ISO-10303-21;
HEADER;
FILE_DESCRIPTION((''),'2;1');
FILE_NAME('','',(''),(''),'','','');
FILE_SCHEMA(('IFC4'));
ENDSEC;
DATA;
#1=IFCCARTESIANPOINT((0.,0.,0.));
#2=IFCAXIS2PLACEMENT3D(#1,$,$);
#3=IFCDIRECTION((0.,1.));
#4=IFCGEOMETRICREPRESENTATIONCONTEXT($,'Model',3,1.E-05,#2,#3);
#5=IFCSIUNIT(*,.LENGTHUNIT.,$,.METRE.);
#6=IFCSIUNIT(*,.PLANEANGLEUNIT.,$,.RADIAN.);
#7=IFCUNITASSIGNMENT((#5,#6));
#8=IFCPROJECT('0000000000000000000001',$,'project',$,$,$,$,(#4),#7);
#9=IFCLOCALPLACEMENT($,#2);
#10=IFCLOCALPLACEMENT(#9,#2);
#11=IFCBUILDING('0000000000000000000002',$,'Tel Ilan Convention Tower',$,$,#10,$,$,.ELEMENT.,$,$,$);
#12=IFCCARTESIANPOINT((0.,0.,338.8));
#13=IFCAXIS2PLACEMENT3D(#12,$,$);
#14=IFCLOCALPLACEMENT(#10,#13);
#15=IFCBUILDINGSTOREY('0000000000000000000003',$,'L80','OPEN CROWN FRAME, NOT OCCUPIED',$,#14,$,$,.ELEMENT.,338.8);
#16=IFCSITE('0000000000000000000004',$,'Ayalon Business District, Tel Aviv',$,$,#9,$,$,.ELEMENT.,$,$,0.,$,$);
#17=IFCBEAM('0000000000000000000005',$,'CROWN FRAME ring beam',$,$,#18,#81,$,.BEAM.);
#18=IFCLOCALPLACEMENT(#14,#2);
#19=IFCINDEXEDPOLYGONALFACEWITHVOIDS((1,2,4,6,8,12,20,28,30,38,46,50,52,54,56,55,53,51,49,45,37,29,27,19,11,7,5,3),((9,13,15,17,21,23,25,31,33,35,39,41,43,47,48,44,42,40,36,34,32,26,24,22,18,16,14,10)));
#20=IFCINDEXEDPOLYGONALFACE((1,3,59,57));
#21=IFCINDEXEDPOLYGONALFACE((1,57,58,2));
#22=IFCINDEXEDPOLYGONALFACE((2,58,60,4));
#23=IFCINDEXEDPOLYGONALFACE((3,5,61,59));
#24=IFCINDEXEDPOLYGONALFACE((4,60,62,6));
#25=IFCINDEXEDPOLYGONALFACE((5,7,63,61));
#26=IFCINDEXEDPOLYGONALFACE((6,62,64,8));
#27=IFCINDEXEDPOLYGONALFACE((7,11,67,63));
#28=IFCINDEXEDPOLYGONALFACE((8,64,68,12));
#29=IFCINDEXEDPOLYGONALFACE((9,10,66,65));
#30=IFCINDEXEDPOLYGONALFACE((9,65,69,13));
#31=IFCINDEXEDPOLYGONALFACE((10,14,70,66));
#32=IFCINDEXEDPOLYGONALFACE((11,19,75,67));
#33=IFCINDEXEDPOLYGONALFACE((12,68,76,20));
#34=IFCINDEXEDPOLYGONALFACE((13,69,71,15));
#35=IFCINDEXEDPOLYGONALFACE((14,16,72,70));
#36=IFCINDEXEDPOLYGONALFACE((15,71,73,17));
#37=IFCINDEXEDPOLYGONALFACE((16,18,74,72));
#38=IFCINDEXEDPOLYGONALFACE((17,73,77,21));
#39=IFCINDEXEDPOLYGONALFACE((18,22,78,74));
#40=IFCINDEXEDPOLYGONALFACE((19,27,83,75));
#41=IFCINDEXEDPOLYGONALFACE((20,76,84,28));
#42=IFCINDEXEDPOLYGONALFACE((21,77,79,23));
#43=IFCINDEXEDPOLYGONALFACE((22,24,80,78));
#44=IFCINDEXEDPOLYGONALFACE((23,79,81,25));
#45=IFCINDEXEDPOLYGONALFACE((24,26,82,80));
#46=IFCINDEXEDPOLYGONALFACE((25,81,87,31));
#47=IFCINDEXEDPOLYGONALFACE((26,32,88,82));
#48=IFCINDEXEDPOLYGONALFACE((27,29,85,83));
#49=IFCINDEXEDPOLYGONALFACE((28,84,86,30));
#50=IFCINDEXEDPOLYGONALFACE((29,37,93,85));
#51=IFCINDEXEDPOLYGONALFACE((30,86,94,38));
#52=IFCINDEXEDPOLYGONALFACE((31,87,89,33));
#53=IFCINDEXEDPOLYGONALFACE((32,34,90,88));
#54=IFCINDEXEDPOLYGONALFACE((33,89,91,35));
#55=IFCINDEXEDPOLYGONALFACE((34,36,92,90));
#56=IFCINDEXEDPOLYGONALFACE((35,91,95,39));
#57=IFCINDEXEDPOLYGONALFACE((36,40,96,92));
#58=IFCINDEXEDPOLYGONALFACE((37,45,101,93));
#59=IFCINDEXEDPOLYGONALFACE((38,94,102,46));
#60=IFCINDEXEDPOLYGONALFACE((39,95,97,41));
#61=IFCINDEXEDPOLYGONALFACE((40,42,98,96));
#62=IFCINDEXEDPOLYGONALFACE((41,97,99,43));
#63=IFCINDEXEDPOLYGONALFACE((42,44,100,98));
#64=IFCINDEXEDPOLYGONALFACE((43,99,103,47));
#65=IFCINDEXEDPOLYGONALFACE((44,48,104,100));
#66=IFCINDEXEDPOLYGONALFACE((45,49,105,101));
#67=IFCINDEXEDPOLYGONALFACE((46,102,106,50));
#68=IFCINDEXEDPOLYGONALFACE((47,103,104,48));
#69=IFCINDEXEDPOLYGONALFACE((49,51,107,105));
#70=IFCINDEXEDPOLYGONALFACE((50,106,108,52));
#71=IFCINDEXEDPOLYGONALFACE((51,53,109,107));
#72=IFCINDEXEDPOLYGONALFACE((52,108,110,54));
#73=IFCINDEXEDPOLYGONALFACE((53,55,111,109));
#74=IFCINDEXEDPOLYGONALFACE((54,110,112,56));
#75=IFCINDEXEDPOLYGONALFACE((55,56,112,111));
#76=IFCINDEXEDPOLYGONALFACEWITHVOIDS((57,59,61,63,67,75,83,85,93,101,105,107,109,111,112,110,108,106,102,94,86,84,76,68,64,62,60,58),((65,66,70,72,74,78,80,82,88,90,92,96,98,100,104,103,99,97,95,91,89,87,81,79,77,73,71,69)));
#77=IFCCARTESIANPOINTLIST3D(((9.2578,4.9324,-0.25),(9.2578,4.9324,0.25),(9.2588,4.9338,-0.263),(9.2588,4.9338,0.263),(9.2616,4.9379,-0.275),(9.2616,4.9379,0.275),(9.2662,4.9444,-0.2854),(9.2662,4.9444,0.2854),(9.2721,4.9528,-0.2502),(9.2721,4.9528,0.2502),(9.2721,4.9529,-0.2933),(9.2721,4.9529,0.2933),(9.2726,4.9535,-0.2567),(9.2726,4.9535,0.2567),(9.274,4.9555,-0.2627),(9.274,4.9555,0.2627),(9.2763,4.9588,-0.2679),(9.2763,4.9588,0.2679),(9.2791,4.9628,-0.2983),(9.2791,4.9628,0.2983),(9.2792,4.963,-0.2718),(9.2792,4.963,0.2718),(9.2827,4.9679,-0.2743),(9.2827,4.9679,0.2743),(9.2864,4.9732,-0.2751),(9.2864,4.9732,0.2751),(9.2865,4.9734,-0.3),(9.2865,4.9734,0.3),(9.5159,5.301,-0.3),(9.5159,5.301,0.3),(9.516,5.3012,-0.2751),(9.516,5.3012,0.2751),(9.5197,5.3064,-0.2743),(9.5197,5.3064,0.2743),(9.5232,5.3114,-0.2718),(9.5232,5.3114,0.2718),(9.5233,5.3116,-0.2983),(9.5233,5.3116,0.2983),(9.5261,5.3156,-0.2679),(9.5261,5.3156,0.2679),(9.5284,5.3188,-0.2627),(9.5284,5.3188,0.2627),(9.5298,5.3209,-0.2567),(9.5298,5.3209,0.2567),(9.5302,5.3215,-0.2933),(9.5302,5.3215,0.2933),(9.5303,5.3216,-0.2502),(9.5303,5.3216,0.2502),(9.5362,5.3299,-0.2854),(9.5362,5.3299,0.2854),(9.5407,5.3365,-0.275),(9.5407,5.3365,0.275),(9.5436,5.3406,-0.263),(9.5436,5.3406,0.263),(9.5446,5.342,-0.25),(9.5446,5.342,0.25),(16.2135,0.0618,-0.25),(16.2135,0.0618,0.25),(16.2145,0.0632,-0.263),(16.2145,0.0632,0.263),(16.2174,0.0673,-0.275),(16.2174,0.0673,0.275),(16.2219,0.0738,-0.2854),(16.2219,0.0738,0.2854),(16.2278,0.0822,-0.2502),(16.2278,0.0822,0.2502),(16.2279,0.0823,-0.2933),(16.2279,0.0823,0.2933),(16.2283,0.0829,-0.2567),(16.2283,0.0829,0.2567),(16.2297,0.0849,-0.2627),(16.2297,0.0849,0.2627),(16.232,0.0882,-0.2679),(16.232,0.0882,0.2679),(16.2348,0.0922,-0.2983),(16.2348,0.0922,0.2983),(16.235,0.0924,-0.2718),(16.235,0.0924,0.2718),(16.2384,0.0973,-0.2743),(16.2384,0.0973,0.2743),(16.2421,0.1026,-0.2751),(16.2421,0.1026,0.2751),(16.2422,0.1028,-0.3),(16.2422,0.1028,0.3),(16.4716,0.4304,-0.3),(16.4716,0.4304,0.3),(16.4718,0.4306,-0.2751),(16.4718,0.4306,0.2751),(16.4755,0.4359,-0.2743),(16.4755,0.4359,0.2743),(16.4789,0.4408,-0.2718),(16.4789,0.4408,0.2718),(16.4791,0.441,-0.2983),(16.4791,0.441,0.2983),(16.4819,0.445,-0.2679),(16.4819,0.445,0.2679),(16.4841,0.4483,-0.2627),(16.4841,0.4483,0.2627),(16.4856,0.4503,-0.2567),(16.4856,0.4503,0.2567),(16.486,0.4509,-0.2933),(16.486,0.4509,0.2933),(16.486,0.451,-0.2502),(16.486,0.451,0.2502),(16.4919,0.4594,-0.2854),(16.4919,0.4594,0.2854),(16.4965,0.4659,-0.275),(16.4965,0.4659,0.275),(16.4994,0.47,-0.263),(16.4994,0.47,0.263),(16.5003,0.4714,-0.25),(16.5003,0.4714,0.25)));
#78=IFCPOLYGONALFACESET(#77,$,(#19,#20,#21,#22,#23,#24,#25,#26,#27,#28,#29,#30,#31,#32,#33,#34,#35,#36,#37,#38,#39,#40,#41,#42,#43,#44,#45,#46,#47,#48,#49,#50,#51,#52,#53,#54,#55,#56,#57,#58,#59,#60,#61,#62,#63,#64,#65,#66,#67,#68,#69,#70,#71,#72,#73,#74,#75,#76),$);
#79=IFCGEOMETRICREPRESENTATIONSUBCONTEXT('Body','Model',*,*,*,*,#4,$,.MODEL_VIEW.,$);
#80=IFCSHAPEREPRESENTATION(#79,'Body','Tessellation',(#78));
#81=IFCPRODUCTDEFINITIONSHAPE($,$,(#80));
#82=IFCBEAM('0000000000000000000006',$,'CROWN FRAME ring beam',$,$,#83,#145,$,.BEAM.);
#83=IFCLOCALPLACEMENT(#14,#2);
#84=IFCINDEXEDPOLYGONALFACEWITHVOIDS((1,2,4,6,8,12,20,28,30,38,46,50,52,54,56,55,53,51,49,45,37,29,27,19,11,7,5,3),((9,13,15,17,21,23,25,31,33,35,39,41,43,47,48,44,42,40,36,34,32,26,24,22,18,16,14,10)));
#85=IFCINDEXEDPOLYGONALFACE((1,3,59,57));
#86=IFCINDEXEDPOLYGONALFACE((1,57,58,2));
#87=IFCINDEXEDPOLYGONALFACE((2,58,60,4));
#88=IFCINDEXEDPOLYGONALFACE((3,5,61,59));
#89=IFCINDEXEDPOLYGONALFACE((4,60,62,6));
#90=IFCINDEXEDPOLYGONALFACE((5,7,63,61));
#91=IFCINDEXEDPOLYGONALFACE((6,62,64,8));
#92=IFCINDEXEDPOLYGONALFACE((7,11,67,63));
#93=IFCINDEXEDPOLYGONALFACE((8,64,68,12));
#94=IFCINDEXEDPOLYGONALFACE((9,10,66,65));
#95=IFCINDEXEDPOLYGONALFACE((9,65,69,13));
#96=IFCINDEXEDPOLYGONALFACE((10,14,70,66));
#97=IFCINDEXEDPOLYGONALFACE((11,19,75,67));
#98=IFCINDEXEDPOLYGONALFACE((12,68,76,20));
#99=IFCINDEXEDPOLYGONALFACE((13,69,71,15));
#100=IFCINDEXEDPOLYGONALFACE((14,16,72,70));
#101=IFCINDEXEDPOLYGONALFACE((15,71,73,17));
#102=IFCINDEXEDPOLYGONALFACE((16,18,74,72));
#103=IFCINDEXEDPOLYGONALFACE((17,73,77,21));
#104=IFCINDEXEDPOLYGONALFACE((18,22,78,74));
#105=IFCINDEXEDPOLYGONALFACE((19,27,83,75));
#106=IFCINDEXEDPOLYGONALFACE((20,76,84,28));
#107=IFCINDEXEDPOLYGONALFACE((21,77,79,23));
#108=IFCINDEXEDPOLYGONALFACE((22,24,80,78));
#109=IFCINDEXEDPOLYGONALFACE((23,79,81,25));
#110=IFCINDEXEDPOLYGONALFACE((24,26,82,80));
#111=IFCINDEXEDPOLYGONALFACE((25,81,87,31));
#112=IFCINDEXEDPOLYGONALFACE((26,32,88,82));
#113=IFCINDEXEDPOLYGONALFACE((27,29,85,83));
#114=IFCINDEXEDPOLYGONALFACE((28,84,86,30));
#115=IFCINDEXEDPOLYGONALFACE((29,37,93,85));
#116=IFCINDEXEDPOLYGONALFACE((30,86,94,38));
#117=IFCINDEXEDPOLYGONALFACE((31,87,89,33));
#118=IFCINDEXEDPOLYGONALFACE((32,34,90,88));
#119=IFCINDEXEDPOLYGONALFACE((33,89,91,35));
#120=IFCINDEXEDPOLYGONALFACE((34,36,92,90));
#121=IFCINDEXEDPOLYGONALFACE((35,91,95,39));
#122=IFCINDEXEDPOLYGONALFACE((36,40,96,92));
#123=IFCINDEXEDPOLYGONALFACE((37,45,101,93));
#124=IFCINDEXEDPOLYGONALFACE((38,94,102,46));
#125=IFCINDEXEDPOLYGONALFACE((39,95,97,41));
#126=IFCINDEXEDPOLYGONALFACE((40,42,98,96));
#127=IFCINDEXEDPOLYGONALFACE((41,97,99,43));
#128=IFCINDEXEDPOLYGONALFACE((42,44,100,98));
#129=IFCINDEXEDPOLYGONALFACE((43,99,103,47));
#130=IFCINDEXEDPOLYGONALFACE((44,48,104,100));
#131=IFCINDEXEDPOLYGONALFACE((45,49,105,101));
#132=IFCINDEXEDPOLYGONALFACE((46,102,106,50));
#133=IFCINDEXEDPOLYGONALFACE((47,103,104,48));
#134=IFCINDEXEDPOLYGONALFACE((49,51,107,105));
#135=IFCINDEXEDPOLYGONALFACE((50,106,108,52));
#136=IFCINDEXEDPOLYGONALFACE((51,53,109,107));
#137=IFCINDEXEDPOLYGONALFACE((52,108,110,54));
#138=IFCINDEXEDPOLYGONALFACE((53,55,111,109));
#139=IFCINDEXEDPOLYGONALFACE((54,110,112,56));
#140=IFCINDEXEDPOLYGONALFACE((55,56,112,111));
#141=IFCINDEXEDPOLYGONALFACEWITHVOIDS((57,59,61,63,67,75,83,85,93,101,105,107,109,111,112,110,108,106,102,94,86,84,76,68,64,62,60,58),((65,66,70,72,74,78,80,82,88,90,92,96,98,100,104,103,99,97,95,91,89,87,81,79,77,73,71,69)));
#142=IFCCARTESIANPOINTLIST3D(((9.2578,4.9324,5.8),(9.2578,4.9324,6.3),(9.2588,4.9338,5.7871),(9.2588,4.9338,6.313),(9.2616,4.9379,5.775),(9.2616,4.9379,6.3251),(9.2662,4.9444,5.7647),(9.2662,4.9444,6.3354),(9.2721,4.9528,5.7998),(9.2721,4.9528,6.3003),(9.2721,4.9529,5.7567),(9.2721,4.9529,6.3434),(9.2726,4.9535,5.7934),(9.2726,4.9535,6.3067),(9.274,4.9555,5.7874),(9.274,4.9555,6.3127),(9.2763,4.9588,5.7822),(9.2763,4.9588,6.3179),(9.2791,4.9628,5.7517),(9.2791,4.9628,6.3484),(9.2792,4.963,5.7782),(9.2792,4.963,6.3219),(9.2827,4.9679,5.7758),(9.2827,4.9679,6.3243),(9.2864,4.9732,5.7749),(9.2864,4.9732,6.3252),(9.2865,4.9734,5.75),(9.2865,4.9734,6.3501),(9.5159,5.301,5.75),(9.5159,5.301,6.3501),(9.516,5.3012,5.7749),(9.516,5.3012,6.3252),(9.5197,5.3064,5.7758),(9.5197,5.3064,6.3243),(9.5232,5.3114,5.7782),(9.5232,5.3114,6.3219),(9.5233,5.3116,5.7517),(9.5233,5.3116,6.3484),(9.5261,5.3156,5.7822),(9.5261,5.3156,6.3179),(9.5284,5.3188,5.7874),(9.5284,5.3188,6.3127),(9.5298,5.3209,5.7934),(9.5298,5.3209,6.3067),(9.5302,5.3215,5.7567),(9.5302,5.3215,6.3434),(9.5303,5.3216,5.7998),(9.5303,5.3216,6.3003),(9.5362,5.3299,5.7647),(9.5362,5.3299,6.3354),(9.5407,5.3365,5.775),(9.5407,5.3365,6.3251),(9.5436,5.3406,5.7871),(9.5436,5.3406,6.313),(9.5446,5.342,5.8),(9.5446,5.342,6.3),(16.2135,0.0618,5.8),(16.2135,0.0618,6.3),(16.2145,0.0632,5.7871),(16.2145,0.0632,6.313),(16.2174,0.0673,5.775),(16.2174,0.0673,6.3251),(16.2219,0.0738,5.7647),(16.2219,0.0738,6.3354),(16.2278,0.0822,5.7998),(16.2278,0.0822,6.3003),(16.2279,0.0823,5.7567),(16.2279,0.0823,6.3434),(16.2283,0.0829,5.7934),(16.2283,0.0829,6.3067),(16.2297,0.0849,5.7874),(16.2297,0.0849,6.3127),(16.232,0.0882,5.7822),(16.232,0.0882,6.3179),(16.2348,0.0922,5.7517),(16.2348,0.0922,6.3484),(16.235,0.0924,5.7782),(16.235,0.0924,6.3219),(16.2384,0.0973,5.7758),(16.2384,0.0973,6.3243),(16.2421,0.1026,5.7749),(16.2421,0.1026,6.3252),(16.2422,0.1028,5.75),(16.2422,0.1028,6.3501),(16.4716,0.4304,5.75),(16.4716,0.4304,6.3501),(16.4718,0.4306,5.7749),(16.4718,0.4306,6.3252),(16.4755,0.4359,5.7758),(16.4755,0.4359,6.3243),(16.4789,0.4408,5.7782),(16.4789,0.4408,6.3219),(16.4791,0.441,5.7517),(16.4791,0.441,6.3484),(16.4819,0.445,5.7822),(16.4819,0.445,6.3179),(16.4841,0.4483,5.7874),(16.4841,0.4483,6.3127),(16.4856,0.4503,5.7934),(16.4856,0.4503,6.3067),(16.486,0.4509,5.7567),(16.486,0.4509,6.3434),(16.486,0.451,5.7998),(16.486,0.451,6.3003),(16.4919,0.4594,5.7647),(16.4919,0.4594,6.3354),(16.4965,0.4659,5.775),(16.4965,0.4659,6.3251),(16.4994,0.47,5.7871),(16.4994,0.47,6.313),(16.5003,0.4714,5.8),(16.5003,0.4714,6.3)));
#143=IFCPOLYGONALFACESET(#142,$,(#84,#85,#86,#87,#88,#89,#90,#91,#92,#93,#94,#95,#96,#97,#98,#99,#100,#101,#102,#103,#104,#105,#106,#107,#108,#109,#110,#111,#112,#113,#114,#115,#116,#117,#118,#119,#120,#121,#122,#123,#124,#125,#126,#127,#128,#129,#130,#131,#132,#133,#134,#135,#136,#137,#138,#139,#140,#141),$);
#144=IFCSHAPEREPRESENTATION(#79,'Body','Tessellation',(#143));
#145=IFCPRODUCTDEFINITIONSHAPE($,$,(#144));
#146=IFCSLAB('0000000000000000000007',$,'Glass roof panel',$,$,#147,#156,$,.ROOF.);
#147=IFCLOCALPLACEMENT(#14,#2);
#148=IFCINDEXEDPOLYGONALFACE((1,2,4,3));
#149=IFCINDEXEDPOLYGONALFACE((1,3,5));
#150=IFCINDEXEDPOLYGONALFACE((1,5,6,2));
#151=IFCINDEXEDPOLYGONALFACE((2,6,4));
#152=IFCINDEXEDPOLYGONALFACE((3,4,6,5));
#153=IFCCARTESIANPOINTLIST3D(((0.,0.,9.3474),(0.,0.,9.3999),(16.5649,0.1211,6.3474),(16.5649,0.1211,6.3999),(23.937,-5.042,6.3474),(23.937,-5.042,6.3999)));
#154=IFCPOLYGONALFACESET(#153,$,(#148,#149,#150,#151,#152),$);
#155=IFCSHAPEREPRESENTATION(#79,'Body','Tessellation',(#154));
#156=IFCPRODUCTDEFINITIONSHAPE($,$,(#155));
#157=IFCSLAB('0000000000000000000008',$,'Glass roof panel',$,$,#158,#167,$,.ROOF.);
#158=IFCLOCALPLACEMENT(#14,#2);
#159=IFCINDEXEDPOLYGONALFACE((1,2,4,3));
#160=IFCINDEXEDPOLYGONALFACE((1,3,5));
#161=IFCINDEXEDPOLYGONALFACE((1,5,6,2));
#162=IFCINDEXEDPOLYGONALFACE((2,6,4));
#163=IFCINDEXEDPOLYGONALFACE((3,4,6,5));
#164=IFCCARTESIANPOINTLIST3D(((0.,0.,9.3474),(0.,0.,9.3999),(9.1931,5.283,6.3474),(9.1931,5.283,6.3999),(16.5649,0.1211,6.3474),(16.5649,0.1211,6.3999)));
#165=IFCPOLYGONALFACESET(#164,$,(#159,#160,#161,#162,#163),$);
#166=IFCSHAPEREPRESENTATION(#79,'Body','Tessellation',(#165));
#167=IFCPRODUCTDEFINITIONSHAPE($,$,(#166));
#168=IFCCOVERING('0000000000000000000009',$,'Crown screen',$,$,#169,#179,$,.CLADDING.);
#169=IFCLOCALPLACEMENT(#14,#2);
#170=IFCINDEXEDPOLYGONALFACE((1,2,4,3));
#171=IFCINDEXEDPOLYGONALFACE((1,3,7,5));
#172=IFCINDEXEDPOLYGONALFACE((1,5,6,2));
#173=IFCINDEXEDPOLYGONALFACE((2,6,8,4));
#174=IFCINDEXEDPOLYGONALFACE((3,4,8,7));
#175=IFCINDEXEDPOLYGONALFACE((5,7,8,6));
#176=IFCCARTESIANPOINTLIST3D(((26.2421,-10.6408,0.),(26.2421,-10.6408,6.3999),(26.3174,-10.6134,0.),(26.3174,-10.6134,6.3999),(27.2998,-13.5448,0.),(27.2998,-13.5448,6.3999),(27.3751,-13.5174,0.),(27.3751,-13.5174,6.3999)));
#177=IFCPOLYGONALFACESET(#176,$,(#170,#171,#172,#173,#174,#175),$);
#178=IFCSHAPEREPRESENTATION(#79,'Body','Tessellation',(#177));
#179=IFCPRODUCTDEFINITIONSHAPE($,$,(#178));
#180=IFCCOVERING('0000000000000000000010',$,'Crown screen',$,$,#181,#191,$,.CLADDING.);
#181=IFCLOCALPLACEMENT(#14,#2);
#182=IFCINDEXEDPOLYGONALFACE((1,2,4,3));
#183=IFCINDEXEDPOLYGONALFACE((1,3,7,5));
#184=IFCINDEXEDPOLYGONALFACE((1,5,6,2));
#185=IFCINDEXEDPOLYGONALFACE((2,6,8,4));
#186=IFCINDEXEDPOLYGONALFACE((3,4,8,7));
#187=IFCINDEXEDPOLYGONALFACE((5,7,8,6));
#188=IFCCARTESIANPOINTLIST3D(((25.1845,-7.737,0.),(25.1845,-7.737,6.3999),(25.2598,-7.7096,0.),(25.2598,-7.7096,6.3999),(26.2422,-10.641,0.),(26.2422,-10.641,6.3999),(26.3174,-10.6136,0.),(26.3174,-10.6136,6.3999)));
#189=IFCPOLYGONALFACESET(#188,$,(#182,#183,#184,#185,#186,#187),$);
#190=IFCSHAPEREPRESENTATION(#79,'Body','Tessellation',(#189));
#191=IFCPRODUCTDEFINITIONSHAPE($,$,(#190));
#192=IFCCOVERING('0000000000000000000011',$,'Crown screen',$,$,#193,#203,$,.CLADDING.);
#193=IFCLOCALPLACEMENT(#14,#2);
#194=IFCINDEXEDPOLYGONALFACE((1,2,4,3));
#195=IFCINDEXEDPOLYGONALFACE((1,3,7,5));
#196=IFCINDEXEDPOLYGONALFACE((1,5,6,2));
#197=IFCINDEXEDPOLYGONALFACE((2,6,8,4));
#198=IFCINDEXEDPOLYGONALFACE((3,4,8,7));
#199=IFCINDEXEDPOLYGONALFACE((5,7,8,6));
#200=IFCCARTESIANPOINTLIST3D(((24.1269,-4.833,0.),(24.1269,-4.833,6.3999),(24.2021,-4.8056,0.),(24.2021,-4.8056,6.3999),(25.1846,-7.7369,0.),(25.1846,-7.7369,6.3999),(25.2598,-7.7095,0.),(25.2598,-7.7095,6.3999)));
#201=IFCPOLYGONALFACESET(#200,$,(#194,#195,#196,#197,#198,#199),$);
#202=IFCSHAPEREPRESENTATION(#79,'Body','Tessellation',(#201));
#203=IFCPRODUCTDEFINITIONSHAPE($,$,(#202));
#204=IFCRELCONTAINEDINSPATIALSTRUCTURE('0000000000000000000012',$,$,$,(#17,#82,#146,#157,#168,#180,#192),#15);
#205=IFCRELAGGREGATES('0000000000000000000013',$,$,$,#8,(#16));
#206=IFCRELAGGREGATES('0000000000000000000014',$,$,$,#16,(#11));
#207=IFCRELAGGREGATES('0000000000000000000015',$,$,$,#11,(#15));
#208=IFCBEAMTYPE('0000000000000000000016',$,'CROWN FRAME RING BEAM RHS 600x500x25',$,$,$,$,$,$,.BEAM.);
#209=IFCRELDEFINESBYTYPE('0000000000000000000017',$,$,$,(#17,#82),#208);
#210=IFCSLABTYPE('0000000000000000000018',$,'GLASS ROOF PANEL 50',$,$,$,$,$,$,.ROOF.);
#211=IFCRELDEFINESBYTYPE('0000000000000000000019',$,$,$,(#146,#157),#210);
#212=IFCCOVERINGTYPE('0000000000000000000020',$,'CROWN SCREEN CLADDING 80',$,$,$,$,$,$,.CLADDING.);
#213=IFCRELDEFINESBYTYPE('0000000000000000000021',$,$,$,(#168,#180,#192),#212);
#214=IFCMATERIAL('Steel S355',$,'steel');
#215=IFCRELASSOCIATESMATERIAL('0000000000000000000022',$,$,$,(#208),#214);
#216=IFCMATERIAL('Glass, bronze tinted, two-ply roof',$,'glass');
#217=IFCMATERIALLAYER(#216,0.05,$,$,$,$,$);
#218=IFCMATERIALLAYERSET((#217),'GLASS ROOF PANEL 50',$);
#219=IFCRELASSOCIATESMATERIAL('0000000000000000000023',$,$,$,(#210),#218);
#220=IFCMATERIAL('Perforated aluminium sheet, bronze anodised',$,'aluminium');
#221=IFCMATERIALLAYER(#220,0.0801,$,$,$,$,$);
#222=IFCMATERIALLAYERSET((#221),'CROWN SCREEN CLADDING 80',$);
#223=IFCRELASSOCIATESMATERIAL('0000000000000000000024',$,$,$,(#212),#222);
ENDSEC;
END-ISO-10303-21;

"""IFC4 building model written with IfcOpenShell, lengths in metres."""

from ifc_helpers import new_model, si_unit, direction, frame, origin, origin_2d, place, context, subcontext, project, spatial, polyline, rectangle, hollow_rectangle, outline, extrude, material, layer, layer_set, material_profile, profile_set, type_object, element, save


model = new_model("IFC4")

# Units and contexts
model_context = context("Model", 3, precision=1e-05, world=origin(), true_north=direction((0.0, 1.0)))
body_context = subcontext(model_context, "Body", "Model", "MODEL_VIEW")
ifc_project = project(units=[si_unit("LENGTHUNIT", "METRE"), si_unit("PLANEANGLEUNIT", "RADIAN")], contexts=[model_context])

# Site, building, storey
site_placement = place(None, origin())
site = spatial("IfcSite", under=ifc_project, at=site_placement, Name="Ayalon Business District, Tel Aviv", CompositionType="ELEMENT", RefElevation=0.0)
building_placement = place(site_placement, origin())
building = spatial("IfcBuilding", under=site, at=building_placement, Name="Tel Ilan Convention Tower", CompositionType="ELEMENT")
storey_placement = place(building_placement, frame((0.0, 0.0, 338.8)))
storey = spatial("IfcBuildingStorey", under=building, at=storey_placement, Name="L80", Description="OPEN CROWN FRAME, NOT OCCUPIED", CompositionType="ELEMENT", Elevation=338.8)

# Beams
ifc_material_1 = material(Name="Steel S355", Category="steel")
ifc_material_profile_1 = material_profile(ifc_material_1, hollow_rectangle(XDim=0.5, YDim=0.6001, WallThickness=0.0249, InnerFilletRadius=0.0249, OuterFilletRadius=0.05, at=origin_2d()), Name="RHS 600x500x25")
ifc_profile_set_1 = profile_set([ifc_material_profile_1], Name="Steel S355")
beam_type = type_object("IfcBeamType", Name="CROWN FRAME RING BEAM RHS 600x500x25", PredefinedType="BEAM", material=ifc_profile_set_1)
for number, where, z_axis, x_axis, name in (
    (1, (16.3569, 0.2666, 0.0), (-0.819147, 0.573584, 0.0), (-0.573584, -0.819147, 0.0), "CROWN FRAME ring beam"),
    (2, (16.3569, 0.2666, 6.05), (-0.819147, 0.573584, 0.0), (-0.573584, -0.819147, 0.0), "CROWN FRAME ring beam"),
):
    element("IfcBeam", number, at=place(storey_placement, frame(where, z_axis=z_axis, x_axis=x_axis)), inside=storey, type_object=beam_type, Name=name, PredefinedType="BEAM", context=body_context, shape_type="SweptSolid", body=[
        extrude(hollow_rectangle(XDim=0.5, YDim=0.6001, WallThickness=0.0249, InnerFilletRadius=0.0249, OuterFilletRadius=0.05, at=origin_2d()), origin(), (0.0, 0.0, 1.0), 8.4915),
    ])

# Slabs
ifc_material_2 = material(Name="Glass, bronze tinted, two-ply roof", Category="glass")
ifc_layer_1 = layer(ifc_material_2, 0.05)
ifc_layer_set_1 = layer_set([ifc_layer_1], Name="GLASS ROOF PANEL 50")
slab_type = type_object("IfcSlabType", Name="GLASS ROOF PANEL 50", PredefinedType="ROOF", material=ifc_layer_set_1)
slab_1_placement = place(storey_placement, frame((23.937, -5.042, 6.3999), z_axis=(0.171079, 0.244273, 0.954496), x_axis=(-0.819094, 0.573659, 0.0)))
element("IfcSlab", 3, at=slab_1_placement, inside=storey, type_object=slab_type, Name="Glass roof panel", PredefinedType="ROOF", context=body_context, shape_type="SweptSolid", body=[
    extrude(outline(polyline([(0.0, 0.0), (9.0003, 0.0), (22.4991, 10.0596), (0.0, 0.0)])), origin(), (0.0, -0.298224, -0.954496), 0.0525),
])
slab_2_placement = place(storey_placement, frame((16.5649, 0.1211, 6.3999), z_axis=(0.171076, 0.24432, 0.954485), x_axis=(-0.819149, 0.573581, 0.0)))
element("IfcSlab", 4, at=slab_2_placement, inside=storey, type_object=slab_type, Name="Glass roof panel", PredefinedType="ROOF", context=body_context, shape_type="SweptSolid", body=[
    extrude(outline(polyline([(0.0, 0.0), (8.9994, 0.0), (13.4997, 10.0583), (0.0, 0.0)])), origin(), (0.0, -0.29826, -0.954485), 0.0525),
])

# Coverings
ifc_material_3 = material(Name="Perforated aluminium sheet, bronze anodised", Category="aluminium")
ifc_layer_2 = layer(ifc_material_3, 0.0801)
ifc_layer_set_2 = layer_set([ifc_layer_2], Name="CROWN SCREEN CLADDING 80")
covering_type = type_object("IfcCoveringType", Name="CROWN SCREEN CLADDING 80", PredefinedType="CLADDING", material=ifc_layer_set_2)
for number, where, z_axis, x_axis, name in (
    (5, (26.8086, -12.0791, 0.0), (0.0, 0.0, 1.0), (-0.342225, 0.939618, 0.0), "Crown screen"),
    (6, (25.751, -9.1753, 0.0), (0.0, 0.0, 1.0), (-0.342225, 0.939618, 0.0), "Crown screen"),
    (7, (24.6934, -6.2712, 0.0), (0.0, 0.0, 1.0), (-0.342225, 0.939618, 0.0), "Crown screen"),
):
    element("IfcCovering", number, at=place(storey_placement, frame(where, z_axis=z_axis, x_axis=x_axis)), inside=storey, type_object=covering_type, Name=name, PredefinedType="CLADDING", context=body_context, shape_type="SweptSolid", body=[
        extrude(rectangle(XDim=3.0906, YDim=0.0801, at=origin_2d()), origin(), (0.0, 0.0, 1.0), 6.3999),
    ])

save(model, "model.ifc")
